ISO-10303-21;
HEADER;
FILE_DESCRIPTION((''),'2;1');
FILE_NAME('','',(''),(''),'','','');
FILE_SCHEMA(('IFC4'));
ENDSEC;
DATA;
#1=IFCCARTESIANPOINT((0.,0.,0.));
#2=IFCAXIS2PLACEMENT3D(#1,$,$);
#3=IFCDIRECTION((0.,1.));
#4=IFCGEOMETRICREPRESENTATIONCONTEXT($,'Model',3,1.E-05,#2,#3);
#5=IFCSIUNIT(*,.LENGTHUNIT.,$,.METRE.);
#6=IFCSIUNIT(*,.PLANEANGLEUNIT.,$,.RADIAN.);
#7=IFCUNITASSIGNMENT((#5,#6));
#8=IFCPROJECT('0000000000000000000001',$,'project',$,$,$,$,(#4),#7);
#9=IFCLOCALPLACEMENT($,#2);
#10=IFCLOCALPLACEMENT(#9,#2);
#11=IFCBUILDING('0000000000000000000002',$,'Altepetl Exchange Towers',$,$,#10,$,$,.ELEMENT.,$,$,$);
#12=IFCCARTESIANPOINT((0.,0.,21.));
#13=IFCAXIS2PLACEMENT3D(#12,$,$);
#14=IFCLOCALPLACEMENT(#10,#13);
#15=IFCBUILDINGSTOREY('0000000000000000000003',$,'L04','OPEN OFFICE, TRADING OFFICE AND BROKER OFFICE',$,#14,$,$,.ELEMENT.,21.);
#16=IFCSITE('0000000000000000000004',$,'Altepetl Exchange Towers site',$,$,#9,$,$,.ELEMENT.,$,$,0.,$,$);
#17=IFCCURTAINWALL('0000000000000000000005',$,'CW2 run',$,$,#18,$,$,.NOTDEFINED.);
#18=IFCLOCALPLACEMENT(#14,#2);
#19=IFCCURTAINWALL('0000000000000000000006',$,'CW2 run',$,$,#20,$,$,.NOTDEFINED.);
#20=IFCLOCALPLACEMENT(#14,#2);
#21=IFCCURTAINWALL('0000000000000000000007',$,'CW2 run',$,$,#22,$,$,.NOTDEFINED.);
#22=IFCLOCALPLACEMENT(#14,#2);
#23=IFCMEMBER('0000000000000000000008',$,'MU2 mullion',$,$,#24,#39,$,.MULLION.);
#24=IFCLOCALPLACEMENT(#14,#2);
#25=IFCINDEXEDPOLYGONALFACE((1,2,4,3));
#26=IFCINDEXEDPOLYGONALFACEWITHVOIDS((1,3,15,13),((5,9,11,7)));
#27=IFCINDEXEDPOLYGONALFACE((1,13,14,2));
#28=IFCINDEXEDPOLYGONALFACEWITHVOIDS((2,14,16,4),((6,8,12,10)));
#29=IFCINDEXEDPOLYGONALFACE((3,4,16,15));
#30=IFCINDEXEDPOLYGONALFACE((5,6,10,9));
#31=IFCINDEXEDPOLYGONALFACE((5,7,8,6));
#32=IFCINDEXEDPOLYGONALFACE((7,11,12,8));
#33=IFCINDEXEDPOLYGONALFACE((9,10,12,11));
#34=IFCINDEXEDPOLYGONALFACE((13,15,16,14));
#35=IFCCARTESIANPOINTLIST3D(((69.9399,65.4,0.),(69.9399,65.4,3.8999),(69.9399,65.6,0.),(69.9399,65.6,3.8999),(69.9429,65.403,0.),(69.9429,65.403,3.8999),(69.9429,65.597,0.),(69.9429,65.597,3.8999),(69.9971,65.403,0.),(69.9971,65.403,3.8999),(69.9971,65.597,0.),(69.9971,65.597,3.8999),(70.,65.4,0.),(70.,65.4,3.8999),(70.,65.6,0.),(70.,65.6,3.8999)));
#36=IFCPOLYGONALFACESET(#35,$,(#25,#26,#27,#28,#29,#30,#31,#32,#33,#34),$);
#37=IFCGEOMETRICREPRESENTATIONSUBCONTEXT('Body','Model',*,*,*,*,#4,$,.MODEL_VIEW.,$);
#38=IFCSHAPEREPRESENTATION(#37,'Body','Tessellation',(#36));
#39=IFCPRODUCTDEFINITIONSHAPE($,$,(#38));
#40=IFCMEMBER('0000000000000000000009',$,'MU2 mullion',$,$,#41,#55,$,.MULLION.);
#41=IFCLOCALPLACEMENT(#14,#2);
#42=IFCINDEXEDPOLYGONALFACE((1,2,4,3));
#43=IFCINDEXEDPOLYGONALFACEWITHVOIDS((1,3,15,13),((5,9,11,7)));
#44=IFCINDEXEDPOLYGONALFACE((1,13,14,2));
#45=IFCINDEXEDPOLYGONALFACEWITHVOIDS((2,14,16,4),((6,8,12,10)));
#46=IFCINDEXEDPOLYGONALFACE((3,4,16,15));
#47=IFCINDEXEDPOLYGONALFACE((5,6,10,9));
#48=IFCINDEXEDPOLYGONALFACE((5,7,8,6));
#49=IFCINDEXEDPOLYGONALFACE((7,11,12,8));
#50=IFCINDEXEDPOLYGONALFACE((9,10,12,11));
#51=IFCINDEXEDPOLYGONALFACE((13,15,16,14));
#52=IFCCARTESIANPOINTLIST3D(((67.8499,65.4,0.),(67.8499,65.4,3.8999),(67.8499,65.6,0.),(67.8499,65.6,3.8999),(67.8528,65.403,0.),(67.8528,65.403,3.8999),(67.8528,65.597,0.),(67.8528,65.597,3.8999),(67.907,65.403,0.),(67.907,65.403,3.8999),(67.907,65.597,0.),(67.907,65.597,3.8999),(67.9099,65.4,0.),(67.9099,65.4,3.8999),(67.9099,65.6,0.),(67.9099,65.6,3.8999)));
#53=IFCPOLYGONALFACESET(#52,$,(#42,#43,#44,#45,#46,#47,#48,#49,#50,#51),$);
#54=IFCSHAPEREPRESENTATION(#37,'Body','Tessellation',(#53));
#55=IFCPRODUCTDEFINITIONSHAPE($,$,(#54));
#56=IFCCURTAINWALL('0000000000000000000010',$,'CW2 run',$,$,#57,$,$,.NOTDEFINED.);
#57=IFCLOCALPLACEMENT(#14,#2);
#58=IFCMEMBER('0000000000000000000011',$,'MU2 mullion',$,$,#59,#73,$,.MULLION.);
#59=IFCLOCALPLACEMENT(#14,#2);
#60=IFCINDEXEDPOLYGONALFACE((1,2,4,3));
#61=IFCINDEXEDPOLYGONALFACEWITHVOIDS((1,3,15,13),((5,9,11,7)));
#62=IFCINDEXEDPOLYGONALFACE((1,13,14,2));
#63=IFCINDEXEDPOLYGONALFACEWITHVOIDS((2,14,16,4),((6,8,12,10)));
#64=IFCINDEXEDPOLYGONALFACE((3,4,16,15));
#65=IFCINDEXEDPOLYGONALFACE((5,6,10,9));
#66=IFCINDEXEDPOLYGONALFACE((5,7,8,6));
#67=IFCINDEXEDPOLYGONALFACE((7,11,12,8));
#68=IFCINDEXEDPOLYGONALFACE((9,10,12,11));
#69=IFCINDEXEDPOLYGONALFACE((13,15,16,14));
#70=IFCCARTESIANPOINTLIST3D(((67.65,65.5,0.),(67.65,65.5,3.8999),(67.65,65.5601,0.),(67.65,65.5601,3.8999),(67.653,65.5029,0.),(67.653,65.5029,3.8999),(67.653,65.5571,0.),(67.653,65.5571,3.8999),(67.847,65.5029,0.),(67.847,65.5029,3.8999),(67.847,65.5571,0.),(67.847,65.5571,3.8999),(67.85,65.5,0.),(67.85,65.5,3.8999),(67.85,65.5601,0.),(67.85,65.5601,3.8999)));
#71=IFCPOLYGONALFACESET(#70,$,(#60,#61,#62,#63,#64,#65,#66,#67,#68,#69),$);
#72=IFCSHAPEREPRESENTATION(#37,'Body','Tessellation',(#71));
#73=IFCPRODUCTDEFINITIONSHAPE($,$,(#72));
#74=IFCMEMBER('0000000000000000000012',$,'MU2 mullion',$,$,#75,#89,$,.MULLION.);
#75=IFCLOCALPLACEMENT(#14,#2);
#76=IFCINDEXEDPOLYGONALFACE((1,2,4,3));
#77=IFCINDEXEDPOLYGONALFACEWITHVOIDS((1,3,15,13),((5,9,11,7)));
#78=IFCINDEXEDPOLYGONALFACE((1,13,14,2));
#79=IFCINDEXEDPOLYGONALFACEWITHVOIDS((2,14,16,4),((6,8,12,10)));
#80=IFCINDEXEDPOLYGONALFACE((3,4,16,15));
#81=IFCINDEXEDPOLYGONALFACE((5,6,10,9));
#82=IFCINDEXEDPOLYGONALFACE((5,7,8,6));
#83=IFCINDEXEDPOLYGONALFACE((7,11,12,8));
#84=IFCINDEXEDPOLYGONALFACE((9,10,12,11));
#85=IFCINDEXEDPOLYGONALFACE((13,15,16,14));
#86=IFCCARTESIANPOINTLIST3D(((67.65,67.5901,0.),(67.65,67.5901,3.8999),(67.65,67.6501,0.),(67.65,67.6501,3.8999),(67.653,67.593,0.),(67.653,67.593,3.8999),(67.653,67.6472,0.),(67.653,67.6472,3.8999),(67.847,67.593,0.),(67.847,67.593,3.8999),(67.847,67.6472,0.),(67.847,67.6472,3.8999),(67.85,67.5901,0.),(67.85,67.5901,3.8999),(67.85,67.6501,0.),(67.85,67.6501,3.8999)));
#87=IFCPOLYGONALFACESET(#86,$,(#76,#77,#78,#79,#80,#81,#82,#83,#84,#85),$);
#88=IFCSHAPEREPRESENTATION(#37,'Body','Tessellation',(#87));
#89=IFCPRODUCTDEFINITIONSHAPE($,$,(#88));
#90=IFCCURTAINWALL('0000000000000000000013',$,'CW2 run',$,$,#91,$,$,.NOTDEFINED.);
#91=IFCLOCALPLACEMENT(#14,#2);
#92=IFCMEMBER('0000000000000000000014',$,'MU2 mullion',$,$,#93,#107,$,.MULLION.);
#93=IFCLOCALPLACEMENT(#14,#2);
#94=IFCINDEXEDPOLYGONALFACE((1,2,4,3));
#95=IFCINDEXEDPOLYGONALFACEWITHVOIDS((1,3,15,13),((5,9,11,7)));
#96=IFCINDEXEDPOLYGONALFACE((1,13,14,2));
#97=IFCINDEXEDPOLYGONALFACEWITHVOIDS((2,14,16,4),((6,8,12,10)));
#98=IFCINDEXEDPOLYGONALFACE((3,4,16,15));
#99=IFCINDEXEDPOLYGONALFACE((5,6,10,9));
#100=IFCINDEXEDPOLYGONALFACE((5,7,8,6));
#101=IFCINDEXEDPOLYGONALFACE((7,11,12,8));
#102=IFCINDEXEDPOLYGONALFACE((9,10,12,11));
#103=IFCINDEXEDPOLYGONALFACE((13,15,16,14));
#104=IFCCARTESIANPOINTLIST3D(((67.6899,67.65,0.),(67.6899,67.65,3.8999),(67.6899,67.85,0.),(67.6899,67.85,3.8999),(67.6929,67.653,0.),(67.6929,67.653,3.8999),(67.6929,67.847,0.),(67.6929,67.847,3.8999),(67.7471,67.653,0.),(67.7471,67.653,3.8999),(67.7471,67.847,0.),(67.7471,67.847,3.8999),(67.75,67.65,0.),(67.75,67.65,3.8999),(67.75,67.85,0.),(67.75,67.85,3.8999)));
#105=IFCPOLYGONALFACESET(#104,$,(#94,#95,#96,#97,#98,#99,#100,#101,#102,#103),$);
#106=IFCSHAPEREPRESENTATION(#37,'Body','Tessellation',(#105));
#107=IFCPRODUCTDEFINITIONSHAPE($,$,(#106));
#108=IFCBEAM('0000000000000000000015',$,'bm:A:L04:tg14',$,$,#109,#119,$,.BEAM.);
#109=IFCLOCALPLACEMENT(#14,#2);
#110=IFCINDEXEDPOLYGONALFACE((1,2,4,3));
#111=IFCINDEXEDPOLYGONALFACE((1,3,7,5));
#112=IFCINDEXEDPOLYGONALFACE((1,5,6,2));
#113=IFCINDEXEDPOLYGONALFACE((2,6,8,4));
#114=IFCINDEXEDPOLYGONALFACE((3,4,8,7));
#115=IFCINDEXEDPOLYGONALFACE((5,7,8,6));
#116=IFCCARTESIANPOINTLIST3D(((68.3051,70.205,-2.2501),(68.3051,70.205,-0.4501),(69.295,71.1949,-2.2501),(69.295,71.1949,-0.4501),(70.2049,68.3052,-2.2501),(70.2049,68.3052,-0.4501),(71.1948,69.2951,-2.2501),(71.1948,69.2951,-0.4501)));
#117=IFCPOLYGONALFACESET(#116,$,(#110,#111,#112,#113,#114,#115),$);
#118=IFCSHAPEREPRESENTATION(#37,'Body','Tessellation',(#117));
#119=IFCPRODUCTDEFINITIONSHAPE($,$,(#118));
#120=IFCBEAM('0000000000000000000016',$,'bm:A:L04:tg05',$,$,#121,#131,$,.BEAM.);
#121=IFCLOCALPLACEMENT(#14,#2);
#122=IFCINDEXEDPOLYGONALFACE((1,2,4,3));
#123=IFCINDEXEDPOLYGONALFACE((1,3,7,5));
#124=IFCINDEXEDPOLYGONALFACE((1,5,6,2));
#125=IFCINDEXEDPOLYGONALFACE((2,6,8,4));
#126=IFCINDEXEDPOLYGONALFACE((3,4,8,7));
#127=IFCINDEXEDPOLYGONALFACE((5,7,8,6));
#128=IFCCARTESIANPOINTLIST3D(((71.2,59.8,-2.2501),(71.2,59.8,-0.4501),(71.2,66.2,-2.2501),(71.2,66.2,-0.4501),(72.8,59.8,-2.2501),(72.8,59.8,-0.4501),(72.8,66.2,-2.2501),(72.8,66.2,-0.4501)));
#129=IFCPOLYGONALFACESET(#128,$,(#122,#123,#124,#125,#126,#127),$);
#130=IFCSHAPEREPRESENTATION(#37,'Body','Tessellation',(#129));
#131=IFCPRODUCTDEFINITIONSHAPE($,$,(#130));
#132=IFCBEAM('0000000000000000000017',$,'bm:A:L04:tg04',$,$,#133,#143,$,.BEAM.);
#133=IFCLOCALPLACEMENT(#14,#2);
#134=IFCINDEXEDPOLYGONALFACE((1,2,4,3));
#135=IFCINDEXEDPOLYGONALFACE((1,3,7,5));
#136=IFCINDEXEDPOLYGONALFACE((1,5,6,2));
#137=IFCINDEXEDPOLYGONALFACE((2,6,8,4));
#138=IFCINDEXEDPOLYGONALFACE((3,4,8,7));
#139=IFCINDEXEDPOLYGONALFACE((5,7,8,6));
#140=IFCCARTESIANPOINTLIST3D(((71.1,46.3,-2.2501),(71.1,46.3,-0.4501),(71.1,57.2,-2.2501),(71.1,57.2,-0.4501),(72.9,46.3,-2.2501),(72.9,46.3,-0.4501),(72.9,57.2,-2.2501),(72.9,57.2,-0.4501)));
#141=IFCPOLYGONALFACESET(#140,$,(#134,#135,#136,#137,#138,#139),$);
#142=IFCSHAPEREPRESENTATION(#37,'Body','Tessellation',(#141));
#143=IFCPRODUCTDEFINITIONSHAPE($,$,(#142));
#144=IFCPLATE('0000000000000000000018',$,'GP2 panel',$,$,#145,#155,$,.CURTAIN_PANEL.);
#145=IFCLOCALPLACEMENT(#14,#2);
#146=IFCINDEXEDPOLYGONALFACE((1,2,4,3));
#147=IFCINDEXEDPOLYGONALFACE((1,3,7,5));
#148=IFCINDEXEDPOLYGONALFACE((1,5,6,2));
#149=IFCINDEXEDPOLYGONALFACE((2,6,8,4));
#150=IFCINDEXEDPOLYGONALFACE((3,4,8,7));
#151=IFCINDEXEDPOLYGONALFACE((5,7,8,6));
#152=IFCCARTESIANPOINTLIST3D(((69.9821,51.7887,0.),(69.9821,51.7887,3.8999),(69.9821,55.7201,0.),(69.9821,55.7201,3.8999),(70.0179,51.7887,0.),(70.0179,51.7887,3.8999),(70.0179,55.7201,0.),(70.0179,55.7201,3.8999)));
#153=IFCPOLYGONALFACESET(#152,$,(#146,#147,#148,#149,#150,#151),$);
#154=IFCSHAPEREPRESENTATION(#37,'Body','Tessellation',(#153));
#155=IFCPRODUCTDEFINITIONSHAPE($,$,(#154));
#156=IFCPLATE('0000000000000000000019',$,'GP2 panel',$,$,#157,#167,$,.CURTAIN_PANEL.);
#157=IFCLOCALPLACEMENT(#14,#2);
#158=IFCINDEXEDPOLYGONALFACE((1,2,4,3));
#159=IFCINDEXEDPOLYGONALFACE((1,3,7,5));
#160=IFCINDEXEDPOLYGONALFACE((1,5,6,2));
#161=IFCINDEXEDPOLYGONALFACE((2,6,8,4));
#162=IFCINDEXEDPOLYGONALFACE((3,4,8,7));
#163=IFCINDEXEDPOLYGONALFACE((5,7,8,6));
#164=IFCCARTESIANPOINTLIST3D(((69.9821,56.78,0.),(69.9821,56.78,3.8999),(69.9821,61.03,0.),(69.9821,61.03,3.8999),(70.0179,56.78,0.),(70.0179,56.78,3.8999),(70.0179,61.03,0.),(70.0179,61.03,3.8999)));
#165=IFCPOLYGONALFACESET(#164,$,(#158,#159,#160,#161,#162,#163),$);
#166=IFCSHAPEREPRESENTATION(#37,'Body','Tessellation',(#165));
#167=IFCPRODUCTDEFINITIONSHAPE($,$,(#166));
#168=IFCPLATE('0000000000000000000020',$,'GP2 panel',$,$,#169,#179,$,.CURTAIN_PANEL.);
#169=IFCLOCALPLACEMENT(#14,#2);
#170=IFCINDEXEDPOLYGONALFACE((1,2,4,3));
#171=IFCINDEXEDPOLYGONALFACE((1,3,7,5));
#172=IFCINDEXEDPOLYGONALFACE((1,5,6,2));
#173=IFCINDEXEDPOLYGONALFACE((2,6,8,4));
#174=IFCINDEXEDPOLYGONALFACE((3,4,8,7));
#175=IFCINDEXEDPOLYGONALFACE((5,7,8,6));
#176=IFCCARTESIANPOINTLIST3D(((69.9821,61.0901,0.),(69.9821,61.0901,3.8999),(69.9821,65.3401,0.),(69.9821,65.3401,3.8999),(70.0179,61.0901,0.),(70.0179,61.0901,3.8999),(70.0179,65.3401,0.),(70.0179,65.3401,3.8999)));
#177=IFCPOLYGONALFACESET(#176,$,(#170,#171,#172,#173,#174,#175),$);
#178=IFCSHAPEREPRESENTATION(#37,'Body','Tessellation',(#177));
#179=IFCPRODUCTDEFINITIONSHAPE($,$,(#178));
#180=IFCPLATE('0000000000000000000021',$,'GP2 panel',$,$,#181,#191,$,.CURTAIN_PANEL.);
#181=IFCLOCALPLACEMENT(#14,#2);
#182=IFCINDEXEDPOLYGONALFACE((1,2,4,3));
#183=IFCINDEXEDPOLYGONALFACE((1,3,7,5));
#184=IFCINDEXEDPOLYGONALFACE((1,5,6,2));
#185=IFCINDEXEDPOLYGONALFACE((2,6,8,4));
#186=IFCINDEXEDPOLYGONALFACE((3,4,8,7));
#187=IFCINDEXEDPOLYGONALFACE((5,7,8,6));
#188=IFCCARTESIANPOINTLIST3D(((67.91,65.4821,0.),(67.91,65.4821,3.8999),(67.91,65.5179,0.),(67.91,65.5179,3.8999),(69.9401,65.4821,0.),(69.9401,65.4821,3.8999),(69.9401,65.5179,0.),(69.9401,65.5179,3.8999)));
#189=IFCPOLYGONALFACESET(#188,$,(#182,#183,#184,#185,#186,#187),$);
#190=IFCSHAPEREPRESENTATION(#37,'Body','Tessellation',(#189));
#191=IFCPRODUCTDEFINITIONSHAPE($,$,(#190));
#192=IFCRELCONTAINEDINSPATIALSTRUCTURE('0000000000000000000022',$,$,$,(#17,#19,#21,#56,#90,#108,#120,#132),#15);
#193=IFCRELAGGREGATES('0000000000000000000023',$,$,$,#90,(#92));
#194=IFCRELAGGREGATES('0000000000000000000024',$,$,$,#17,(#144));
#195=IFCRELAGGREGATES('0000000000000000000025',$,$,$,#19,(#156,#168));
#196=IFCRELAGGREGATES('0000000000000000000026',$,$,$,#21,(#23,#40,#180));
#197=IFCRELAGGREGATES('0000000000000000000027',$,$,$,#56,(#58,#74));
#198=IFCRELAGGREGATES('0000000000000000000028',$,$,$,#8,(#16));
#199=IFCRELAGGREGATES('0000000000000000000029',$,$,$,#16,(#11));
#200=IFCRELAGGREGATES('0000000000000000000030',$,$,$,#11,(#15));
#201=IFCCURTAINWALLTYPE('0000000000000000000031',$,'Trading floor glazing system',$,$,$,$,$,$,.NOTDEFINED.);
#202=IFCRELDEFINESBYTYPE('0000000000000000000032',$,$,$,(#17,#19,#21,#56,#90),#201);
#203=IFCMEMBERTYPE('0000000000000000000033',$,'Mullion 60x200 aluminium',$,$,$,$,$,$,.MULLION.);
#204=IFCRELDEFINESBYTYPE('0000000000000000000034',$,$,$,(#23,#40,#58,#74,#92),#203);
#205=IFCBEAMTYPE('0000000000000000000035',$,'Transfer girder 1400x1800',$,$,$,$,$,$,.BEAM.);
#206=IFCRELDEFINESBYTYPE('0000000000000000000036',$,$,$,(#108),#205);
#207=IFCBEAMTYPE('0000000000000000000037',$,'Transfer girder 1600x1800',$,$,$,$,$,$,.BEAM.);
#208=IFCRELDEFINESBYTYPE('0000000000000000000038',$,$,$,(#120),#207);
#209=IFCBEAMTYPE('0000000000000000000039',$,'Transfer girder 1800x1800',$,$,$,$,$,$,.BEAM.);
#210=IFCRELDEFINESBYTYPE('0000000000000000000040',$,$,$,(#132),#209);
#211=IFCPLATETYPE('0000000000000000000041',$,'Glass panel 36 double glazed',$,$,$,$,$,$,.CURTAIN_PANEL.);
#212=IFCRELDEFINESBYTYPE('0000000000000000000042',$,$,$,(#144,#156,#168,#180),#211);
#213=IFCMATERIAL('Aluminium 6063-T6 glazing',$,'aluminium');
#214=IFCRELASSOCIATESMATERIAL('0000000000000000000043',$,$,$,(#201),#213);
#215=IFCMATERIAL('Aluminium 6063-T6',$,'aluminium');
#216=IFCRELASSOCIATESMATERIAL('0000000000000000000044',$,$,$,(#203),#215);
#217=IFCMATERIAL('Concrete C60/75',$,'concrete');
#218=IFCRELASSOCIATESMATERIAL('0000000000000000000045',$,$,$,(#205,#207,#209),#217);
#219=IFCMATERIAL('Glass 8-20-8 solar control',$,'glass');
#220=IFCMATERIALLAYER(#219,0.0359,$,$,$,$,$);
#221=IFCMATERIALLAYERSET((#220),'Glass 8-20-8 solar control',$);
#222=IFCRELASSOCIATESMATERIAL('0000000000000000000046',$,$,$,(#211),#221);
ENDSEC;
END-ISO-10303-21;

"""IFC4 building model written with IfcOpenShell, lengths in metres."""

from ifc_helpers import new_model, si_unit, direction, frame, origin, origin_2d, place, context, subcontext, project, spatial, rectangle, hollow_rectangle, extrude, material, layer, layer_set, material_profile, profile_set, type_object, element, aggregate, save


model = new_model("IFC4")

# Units and contexts
model_context = context("Model", 3, precision=1e-05, world=origin(), true_north=direction((0.0, 1.0)))
body_context = subcontext(model_context, "Body", "Model", "MODEL_VIEW")
ifc_project = project(units=[si_unit("LENGTHUNIT", "METRE"), si_unit("PLANEANGLEUNIT", "RADIAN")], contexts=[model_context])

# Site, building, storey
site_placement = place(None, origin())
site = spatial("IfcSite", under=ifc_project, at=site_placement, Name="Altepetl Exchange Towers site", CompositionType="ELEMENT", RefElevation=0.0)
building_placement = place(site_placement, origin())
building = spatial("IfcBuilding", under=site, at=building_placement, Name="Altepetl Exchange Towers", CompositionType="ELEMENT")
storey_placement = place(building_placement, frame((0.0, 0.0, 21.0)))
storey = spatial("IfcBuildingStorey", under=building, at=storey_placement, Name="L04", Description="OPEN OFFICE, TRADING OFFICE AND BROKER OFFICE", CompositionType="ELEMENT", Elevation=21.0)

# Shared definitions
ifc_material_1 = material(Name="Aluminium 6063-T6 glazing", Category="aluminium")
curtain_wall_type = type_object("IfcCurtainWallType", Name="Trading floor glazing system", PredefinedType="NOTDEFINED", material=ifc_material_1)
ifc_material_2 = material(Name="Aluminium 6063-T6", Category="aluminium")
ifc_material_profile_1 = material_profile(ifc_material_2, hollow_rectangle(XDim=0.0601, YDim=0.2, WallThickness=0.0029, at=origin_2d()), Name="Mullion 60x200 aluminium")
ifc_profile_set_1 = profile_set([ifc_material_profile_1], Name="Aluminium 6063-T6")
member_type = type_object("IfcMemberType", Name="Mullion 60x200 aluminium", PredefinedType="MULLION", material=ifc_profile_set_1)

# Curtain walls, members
curtain_wall_1_placement = place(storey_placement, origin())
curtain_wall_1 = element("IfcCurtainWall", 1, at=curtain_wall_1_placement, inside=storey, type_object=curtain_wall_type, Name="CW2 run", PredefinedType="NOTDEFINED")
curtain_wall_2_placement = place(storey_placement, origin())
curtain_wall_2 = element("IfcCurtainWall", 2, at=curtain_wall_2_placement, inside=storey, type_object=curtain_wall_type, Name="CW2 run", PredefinedType="NOTDEFINED")
curtain_wall_3_placement = place(storey_placement, origin())
curtain_wall_3 = element("IfcCurtainWall", 3, at=curtain_wall_3_placement, inside=storey, type_object=curtain_wall_type, Name="CW2 run", PredefinedType="NOTDEFINED")
member_1_placement = place(storey_placement, frame((69.97, 65.5, 0.0), z_axis=(0.0, 0.0, 1.0), x_axis=(-1.0, 0.0, 0.0)))
member_1 = element("IfcMember", 4, at=member_1_placement, type_object=member_type, Name="MU2 mullion", PredefinedType="MULLION", context=body_context, shape_type="SweptSolid", body=[
    extrude(hollow_rectangle(XDim=0.0601, YDim=0.2, WallThickness=0.0029, at=origin_2d()), origin(), (0.0, 0.0, 1.0), 3.8999),
])
member_2_placement = place(storey_placement, frame((67.8799, 65.5, 0.0), z_axis=(0.0, 0.0, 1.0), x_axis=(-1.0, 0.0, 0.0)))
member_2 = element("IfcMember", 5, at=member_2_placement, type_object=member_type, Name="MU2 mullion", PredefinedType="MULLION", context=body_context, shape_type="SweptSolid", body=[
    extrude(hollow_rectangle(XDim=0.0601, YDim=0.2, WallThickness=0.0029, at=origin_2d()), origin(), (0.0, 0.0, 1.0), 3.8999),
])
curtain_wall_4_placement = place(storey_placement, origin())
curtain_wall_4 = element("IfcCurtainWall", 6, at=curtain_wall_4_placement, inside=storey, type_object=curtain_wall_type, Name="CW2 run", PredefinedType="NOTDEFINED")
member_3_placement = place(storey_placement, frame((67.75, 65.53, 0.0), z_axis=(0.0, 0.0, 1.0), x_axis=(0.0, 1.0, 0.0)))
member_3 = element("IfcMember", 7, at=member_3_placement, type_object=member_type, Name="MU2 mullion", PredefinedType="MULLION", context=body_context, shape_type="SweptSolid", body=[
    extrude(hollow_rectangle(XDim=0.0601, YDim=0.2, WallThickness=0.0029, at=origin_2d()), origin(), (0.0, 0.0, 1.0), 3.8999),
])
member_4_placement = place(storey_placement, frame((67.75, 67.6201, 0.0), z_axis=(0.0, 0.0, 1.0), x_axis=(0.0, 1.0, 0.0)))
member_4 = element("IfcMember", 8, at=member_4_placement, type_object=member_type, Name="MU2 mullion", PredefinedType="MULLION", context=body_context, shape_type="SweptSolid", body=[
    extrude(hollow_rectangle(XDim=0.0601, YDim=0.2, WallThickness=0.0029, at=origin_2d()), origin(), (0.0, 0.0, 1.0), 3.8999),
])

# Curtain wall, member
curtain_wall_5_placement = place(storey_placement, origin())
curtain_wall_5 = element("IfcCurtainWall", 9, at=curtain_wall_5_placement, inside=storey, type_object=curtain_wall_type, Name="CW2 run", PredefinedType="NOTDEFINED")
member_5_placement = place(storey_placement, frame((67.72, 67.75, 0.0), z_axis=(0.0, 0.0, 1.0), x_axis=(-1.0, 0.0, 0.0)))
member_5 = element("IfcMember", 10, at=member_5_placement, type_object=member_type, Name="MU2 mullion", PredefinedType="MULLION", context=body_context, shape_type="SweptSolid", body=[
    extrude(hollow_rectangle(XDim=0.0601, YDim=0.2, WallThickness=0.0029, at=origin_2d()), origin(), (0.0, 0.0, 1.0), 3.8999),
])
aggregate(curtain_wall_5, [member_5])

# Beams
ifc_material_3 = material(Name="Concrete C60/75", Category="concrete")
ifc_material_profile_2 = material_profile(ifc_material_3, rectangle(XDim=1.3999, YDim=1.8, at=origin_2d()), Name="1400 x 1800")
ifc_profile_set_2 = profile_set([ifc_material_profile_2], Name="Concrete C60/75")
beam_type_1 = type_object("IfcBeamType", Name="Transfer girder 1400x1800", PredefinedType="BEAM", material=ifc_profile_set_2)
beam_1_placement = place(storey_placement, frame((68.8, 70.7, -1.3501), z_axis=(0.707107, -0.707107, 0.0), x_axis=(0.707107, 0.707107, 0.0)))
element("IfcBeam", 11, at=beam_1_placement, inside=storey, type_object=beam_type_1, Name="bm:A:L04:tg14", PredefinedType="BEAM", context=body_context, shape_type="SweptSolid", body=[
    extrude(rectangle(XDim=1.3999, YDim=1.8, at=origin_2d()), origin(), (0.0, 0.0, 1.0), 2.6868),
])
ifc_material_profile_3 = material_profile(ifc_material_3, rectangle(XDim=1.6001, YDim=1.8, at=origin_2d()), Name="1600 x 1800")
ifc_profile_set_3 = profile_set([ifc_material_profile_3], Name="Concrete C60/75")
beam_type_2 = type_object("IfcBeamType", Name="Transfer girder 1600x1800", PredefinedType="BEAM", material=ifc_profile_set_3)
beam_2_placement = place(storey_placement, frame((72.0, 59.8, -1.3501), z_axis=(0.0, 1.0, 0.0), x_axis=(-1.0, 0.0, 0.0)))
element("IfcBeam", 12, at=beam_2_placement, inside=storey, type_object=beam_type_2, Name="bm:A:L04:tg05", PredefinedType="BEAM", context=body_context, shape_type="SweptSolid", body=[
    extrude(rectangle(XDim=1.6001, YDim=1.8, at=origin_2d()), origin(), (0.0, 0.0, 1.0), 6.3999),
])
ifc_material_profile_4 = material_profile(ifc_material_3, rectangle(XDim=1.8, YDim=1.8, at=origin_2d()), Name="1800 x 1800")
ifc_profile_set_4 = profile_set([ifc_material_profile_4], Name="Concrete C60/75")
beam_type_3 = type_object("IfcBeamType", Name="Transfer girder 1800x1800", PredefinedType="BEAM", material=ifc_profile_set_4)
beam_3_placement = place(storey_placement, frame((72.0, 46.3, -1.3501), z_axis=(0.0, 1.0, 0.0), x_axis=(-1.0, 0.0, 0.0)))
element("IfcBeam", 13, at=beam_3_placement, inside=storey, type_object=beam_type_3, Name="bm:A:L04:tg04", PredefinedType="BEAM", context=body_context, shape_type="SweptSolid", body=[
    extrude(rectangle(XDim=1.8, YDim=1.8, at=origin_2d()), origin(), (0.0, 0.0, 1.0), 10.8999),
])

# Plates
ifc_material_4 = material(Name="Glass 8-20-8 solar control", Category="glass")
ifc_layer_1 = layer(ifc_material_4, 0.0359)
ifc_layer_set_1 = layer_set([ifc_layer_1], Name="Glass 8-20-8 solar control")
plate_type = type_object("IfcPlateType", Name="Glass panel 36 double glazed", PredefinedType="CURTAIN_PANEL", material=ifc_layer_set_1)
plate_1_placement = place(storey_placement, frame((70.0, 53.7544, 0.0), z_axis=(0.0, 0.0, 1.0), x_axis=(0.0, 1.0, 0.0)))
plate_1 = element("IfcPlate", 14, at=plate_1_placement, type_object=plate_type, Name="GP2 panel", PredefinedType="CURTAIN_PANEL", context=body_context, shape_type="SweptSolid", body=[
    extrude(rectangle(XDim=3.9314, YDim=0.0359, at=origin_2d()), origin(), (0.0, 0.0, 1.0), 3.8999),
])
aggregate(curtain_wall_1, [plate_1])
plate_2_placement = place(storey_placement, frame((70.0, 58.905, 0.0), z_axis=(0.0, 0.0, 1.0), x_axis=(0.0, 1.0, 0.0)))
plate_2 = element("IfcPlate", 15, at=plate_2_placement, type_object=plate_type, Name="GP2 panel", PredefinedType="CURTAIN_PANEL", context=body_context, shape_type="SweptSolid", body=[
    extrude(rectangle(XDim=4.25, YDim=0.0359, at=origin_2d()), origin(), (0.0, 0.0, 1.0), 3.8999),
])
plate_3_placement = place(storey_placement, frame((70.0, 63.2151, 0.0), z_axis=(0.0, 0.0, 1.0), x_axis=(0.0, 1.0, 0.0)))
plate_3 = element("IfcPlate", 16, at=plate_3_placement, type_object=plate_type, Name="GP2 panel", PredefinedType="CURTAIN_PANEL", context=body_context, shape_type="SweptSolid", body=[
    extrude(rectangle(XDim=4.25, YDim=0.0359, at=origin_2d()), origin(), (0.0, 0.0, 1.0), 3.8999),
])
aggregate(curtain_wall_2, [plate_2, plate_3])
plate_4_placement = place(storey_placement, frame((68.925, 65.5, 0.0), z_axis=(0.0, 0.0, 1.0), x_axis=(-1.0, 0.0, 0.0)))
plate_4 = element("IfcPlate", 17, at=plate_4_placement, type_object=plate_type, Name="GP2 panel", PredefinedType="CURTAIN_PANEL", context=body_context, shape_type="SweptSolid", body=[
    extrude(rectangle(XDim=2.03, YDim=0.0359, at=origin_2d()), origin(), (0.0, 0.0, 1.0), 3.8999),
])
aggregate(curtain_wall_3, [member_1, member_2, plate_4])
aggregate(curtain_wall_4, [member_3, member_4])

save(model, "model.ifc")
